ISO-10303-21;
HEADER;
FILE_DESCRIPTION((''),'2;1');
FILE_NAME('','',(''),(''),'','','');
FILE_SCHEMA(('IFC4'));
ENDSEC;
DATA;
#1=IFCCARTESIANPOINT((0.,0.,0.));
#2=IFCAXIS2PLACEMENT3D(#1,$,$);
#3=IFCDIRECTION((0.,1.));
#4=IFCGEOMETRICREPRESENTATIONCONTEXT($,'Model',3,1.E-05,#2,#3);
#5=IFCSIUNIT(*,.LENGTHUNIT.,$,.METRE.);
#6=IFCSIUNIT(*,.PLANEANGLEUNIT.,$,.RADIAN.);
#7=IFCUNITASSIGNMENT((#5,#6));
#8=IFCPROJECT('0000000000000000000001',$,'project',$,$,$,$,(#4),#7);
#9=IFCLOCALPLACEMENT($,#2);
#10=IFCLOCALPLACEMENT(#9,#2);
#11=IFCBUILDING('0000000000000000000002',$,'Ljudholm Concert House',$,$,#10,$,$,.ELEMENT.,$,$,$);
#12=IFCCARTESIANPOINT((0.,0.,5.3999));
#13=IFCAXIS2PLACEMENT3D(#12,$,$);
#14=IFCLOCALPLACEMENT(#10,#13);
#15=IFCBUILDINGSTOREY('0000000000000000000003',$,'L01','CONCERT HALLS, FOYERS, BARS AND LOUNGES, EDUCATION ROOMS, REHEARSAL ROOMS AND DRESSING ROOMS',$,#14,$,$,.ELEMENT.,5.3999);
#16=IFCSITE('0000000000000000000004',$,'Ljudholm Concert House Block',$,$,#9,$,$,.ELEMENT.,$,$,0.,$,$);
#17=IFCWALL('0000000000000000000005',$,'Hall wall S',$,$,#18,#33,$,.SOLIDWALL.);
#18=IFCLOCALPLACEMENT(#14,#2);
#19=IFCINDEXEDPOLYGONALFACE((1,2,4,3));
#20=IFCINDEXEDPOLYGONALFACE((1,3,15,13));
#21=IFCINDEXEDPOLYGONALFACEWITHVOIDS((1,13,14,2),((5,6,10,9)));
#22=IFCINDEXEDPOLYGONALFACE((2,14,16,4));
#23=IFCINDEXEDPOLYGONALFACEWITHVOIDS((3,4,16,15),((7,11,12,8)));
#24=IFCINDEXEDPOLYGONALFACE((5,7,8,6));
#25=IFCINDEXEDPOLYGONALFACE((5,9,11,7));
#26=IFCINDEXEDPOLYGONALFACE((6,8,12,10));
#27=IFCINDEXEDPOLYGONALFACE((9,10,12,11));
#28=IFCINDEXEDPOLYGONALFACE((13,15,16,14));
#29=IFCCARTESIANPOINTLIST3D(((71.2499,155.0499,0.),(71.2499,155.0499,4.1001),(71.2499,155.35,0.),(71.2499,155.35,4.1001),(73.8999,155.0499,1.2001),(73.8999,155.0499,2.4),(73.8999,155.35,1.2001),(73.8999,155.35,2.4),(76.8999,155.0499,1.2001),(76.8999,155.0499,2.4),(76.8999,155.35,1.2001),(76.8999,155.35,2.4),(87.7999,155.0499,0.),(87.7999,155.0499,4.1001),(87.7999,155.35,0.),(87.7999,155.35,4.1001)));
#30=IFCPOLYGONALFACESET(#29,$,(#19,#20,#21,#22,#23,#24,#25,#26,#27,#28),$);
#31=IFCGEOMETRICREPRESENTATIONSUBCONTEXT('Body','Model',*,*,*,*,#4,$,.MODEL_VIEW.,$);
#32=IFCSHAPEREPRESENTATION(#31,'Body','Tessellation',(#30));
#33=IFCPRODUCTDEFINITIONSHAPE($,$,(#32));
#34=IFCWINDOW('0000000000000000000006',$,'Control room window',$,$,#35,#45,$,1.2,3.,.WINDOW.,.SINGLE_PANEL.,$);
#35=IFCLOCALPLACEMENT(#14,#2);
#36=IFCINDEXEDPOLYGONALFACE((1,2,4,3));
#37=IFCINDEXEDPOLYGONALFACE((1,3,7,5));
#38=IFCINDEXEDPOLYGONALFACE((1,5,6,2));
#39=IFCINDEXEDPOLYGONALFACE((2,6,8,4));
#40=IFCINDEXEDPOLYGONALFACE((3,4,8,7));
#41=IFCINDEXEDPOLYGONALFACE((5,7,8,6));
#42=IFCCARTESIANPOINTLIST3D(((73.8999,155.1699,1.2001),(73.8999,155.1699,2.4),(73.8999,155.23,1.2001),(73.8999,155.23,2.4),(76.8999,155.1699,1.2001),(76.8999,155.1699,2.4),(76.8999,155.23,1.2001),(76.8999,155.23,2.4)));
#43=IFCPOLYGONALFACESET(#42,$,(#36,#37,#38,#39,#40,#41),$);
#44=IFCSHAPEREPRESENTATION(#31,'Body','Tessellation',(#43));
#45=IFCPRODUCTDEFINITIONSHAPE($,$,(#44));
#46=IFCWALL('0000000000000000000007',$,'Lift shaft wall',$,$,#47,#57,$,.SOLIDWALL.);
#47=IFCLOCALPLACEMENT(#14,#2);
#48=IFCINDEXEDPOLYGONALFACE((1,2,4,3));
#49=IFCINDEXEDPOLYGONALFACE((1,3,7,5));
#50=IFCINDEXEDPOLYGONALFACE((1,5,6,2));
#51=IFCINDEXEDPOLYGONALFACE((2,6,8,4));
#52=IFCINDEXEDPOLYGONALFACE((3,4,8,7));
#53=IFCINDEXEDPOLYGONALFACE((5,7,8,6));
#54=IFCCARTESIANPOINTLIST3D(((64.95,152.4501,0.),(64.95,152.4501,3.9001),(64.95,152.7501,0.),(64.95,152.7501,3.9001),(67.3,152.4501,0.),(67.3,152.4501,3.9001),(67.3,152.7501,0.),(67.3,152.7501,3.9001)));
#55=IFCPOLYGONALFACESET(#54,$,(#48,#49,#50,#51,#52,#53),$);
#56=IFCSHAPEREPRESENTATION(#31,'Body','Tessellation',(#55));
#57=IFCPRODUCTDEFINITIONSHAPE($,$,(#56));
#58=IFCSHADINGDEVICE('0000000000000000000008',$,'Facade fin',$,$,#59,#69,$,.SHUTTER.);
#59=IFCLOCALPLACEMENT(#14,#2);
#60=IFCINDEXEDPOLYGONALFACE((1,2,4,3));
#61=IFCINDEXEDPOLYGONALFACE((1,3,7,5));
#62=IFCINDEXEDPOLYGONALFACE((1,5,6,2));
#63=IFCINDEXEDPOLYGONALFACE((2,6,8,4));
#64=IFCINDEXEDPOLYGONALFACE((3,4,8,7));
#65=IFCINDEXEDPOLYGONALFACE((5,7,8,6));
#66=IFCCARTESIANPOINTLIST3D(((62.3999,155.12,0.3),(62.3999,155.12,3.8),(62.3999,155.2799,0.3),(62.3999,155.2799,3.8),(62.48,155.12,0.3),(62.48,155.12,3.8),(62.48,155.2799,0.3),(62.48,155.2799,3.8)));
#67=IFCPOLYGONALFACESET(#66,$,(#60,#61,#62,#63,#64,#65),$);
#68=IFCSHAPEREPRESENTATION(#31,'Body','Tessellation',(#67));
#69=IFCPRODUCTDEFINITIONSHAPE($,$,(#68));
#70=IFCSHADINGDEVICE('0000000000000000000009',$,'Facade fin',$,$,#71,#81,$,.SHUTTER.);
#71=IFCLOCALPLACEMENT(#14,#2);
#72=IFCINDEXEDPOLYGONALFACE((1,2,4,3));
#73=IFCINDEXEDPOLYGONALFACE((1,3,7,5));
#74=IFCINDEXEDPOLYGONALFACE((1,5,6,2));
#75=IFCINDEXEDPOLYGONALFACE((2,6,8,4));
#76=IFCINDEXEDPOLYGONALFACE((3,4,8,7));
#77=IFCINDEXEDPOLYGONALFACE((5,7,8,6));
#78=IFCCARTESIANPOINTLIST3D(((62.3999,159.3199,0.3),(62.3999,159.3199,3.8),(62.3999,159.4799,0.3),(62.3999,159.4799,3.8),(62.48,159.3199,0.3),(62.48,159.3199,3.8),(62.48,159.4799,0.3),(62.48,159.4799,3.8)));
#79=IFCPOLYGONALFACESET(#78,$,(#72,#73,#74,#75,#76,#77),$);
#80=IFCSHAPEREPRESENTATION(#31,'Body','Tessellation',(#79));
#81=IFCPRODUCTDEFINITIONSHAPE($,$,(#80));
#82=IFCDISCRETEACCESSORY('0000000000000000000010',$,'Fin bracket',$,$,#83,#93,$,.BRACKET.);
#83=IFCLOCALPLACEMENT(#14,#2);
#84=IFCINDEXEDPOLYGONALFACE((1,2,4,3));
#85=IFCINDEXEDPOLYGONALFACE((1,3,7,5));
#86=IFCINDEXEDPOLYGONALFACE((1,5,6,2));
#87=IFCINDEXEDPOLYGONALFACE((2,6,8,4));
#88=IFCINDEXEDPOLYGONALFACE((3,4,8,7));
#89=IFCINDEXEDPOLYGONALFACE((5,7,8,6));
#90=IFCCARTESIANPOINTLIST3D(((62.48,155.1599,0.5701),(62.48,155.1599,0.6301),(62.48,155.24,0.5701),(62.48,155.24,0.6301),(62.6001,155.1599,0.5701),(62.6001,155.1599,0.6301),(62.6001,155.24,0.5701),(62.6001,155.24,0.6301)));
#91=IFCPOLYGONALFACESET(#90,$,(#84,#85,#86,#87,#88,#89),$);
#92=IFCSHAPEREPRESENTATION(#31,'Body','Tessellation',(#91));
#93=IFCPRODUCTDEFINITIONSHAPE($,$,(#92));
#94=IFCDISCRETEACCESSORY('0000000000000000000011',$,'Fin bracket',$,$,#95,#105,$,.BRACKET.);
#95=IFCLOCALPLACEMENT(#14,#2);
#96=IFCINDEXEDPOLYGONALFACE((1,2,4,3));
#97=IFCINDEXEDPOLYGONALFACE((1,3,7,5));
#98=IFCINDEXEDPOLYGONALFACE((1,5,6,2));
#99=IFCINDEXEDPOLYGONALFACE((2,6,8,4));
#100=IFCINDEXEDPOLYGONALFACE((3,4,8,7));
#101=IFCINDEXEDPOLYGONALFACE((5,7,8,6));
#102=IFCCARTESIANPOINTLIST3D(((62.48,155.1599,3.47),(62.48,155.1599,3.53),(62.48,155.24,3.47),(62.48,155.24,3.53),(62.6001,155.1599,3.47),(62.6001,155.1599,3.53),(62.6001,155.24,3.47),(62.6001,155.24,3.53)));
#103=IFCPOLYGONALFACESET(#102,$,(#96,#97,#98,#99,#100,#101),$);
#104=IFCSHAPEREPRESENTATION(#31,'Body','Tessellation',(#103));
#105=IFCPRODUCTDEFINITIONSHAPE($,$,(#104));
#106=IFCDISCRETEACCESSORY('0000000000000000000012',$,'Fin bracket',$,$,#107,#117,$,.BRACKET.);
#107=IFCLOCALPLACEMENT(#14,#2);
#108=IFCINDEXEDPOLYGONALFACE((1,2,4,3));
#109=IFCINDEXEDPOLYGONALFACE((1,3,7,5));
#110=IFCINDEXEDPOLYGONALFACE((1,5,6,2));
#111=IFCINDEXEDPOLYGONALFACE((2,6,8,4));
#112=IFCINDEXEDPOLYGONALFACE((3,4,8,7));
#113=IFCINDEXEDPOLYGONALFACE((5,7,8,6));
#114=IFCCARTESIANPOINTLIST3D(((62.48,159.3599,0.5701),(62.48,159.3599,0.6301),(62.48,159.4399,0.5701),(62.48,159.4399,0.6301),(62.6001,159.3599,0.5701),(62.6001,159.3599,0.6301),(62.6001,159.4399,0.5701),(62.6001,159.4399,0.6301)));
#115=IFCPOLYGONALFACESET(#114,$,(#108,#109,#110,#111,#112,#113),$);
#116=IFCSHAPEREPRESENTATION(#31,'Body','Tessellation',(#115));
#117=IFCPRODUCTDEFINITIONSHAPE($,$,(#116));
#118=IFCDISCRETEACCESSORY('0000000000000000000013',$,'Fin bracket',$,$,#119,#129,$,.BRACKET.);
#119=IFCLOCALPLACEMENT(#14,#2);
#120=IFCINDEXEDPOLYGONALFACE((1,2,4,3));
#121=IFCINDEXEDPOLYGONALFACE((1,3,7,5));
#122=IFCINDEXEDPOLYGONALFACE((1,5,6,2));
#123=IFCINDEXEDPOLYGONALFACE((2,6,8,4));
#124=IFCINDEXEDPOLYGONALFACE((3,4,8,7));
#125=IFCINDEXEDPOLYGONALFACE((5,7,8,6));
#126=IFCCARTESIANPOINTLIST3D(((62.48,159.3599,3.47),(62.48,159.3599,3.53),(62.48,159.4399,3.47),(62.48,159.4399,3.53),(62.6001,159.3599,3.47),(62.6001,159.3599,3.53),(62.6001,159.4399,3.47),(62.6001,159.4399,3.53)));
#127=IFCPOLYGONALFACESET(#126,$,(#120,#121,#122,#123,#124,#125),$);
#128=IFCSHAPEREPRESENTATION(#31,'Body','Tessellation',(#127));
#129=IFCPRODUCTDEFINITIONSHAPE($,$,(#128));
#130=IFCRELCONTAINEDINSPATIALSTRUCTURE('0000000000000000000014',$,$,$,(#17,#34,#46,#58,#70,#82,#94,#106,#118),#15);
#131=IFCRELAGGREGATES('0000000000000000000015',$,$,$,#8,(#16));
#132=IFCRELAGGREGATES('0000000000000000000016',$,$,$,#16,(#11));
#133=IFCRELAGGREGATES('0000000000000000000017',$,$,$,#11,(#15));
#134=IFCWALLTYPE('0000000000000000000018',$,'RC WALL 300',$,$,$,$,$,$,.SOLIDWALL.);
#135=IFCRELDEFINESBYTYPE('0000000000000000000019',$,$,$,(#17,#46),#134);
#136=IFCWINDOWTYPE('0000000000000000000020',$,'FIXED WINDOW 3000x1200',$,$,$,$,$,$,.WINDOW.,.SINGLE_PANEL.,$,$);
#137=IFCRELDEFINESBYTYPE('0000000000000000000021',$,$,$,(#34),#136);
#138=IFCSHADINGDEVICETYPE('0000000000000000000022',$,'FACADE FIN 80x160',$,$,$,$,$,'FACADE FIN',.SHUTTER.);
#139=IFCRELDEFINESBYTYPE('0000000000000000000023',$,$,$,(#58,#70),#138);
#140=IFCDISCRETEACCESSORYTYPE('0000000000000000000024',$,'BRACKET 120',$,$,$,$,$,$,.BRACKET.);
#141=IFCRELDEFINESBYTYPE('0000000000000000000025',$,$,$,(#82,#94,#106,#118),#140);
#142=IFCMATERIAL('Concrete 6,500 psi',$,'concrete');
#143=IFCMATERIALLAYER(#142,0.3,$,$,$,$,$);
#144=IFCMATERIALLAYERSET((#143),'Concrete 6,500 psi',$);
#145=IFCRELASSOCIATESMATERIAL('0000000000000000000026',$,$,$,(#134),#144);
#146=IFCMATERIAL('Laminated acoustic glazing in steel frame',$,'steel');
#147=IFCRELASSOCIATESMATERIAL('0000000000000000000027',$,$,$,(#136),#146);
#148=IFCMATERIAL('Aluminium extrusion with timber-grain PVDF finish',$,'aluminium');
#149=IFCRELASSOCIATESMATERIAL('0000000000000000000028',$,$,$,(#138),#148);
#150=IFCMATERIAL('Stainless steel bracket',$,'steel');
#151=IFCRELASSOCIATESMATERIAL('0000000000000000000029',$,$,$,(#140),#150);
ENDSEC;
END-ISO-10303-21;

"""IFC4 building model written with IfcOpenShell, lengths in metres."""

from ifc_helpers import new_model, si_unit, direction, frame, frame_2d, origin, origin_2d, place, context, subcontext, project, spatial, rectangle, extrude, material, layer, layer_set, type_object, element, fill, save


model = new_model("IFC4")

# Units and contexts
model_context = context("Model", 3, precision=1e-05, world=origin(), true_north=direction((0.0, 1.0)))
body_context = subcontext(model_context, "Body", "Model", "MODEL_VIEW")
ifc_project = project(units=[si_unit("LENGTHUNIT", "METRE"), si_unit("PLANEANGLEUNIT", "RADIAN")], contexts=[model_context])

# Site, building, storey
site_placement = place(None, origin())
site = spatial("IfcSite", under=ifc_project, at=site_placement, Name="Ljudholm Concert House Block", CompositionType="ELEMENT", RefElevation=0.0)
building_placement = place(site_placement, origin())
building = spatial("IfcBuilding", under=site, at=building_placement, Name="Ljudholm Concert House", CompositionType="ELEMENT")
storey_placement = place(building_placement, frame((0.0, 0.0, 5.3999)))
storey = spatial("IfcBuildingStorey", under=building, at=storey_placement, Name="L01", Description="CONCERT HALLS, FOYERS, BARS AND LOUNGES, EDUCATION ROOMS, REHEARSAL ROOMS AND DRESSING ROOMS", CompositionType="ELEMENT", Elevation=5.3999)

# Wall, opening, window
ifc_material_1 = material(Name="Concrete 6,500 psi", Category="concrete")
ifc_layer_1 = layer(ifc_material_1, 0.3)
ifc_layer_set_1 = layer_set([ifc_layer_1], Name="Concrete 6,500 psi")
wall_type_1 = type_object("IfcWallType", Name="RC WALL 300", PredefinedType="SOLIDWALL", material=ifc_layer_set_1)
wall_1_placement = place(storey_placement, frame((71.25, 155.2, 0.0), z_axis=(0.0, 0.0, 1.0), x_axis=(1.0, 0.0, 0.0)))
wall_1 = element("IfcWall", 1, at=wall_1_placement, inside=storey, type_object=wall_type_1, Name="Hall wall S", PredefinedType="SOLIDWALL", context=body_context, shape_type="SweptSolid", body=[
    extrude(rectangle(XDim=16.55, YDim=0.3, at=frame_2d((8.2749, 0.0))), origin(), (0.0, 0.0, 1.0), 4.1001),
])
opening_1_placement = place(wall_1_placement, frame((2.6499, 0.0, 1.2)))
opening_1 = element("IfcOpeningElement", 2, at=opening_1_placement, cuts=wall_1, PredefinedType="OPENING", context=body_context, shape_type="SweptSolid", body=[
    extrude(rectangle(XDim=3.0, YDim=1.2, at=frame_2d((1.5, 0.6001))), frame((0.0, 0.1599, 0.0), z_axis=(0.0, -1.0, 0.0), x_axis=(1.0, 0.0, 0.0)), (0.0, 0.0, 1.0), 0.3201),
])
ifc_material_2 = material(Name="Laminated acoustic glazing in steel frame", Category="steel")
window_type = type_object("IfcWindowType", Name="FIXED WINDOW 3000x1200", PartitioningType="SINGLE_PANEL", PredefinedType="WINDOW", material=ifc_material_2)
window_placement = place(opening_1_placement, origin())
window = element("IfcWindow", 3, at=window_placement, inside=storey, type_object=window_type, Name="Control room window", OverallHeight=1.2, OverallWidth=3.0, PartitioningType="SINGLE_PANEL", PredefinedType="WINDOW", context=body_context, shape_type="SweptSolid", body=[
    extrude(rectangle(XDim=3.0, YDim=1.2, at=frame_2d((1.5, 0.6001))), frame((0.0, 0.03, 0.0), z_axis=(0.0, -1.0, 0.0), x_axis=(1.0, 0.0, 0.0)), (0.0, 0.0, 1.0), 0.0601),
])
fill(opening_1, window)

# Wall
wall_2_placement = place(storey_placement, frame((64.95, 152.6001, 0.0), z_axis=(0.0, 0.0, 1.0), x_axis=(1.0, 0.0, 0.0)))
element("IfcWall", 4, at=wall_2_placement, inside=storey, type_object=wall_type_1, Name="Lift shaft wall", PredefinedType="SOLIDWALL", context=body_context, shape_type="SweptSolid", body=[
    extrude(rectangle(XDim=2.3501, YDim=0.3, at=frame_2d((1.175, 0.0))), origin(), (0.0, 0.0, 1.0), 3.9001),
])

# Shading devices
ifc_material_3 = material(Name="Aluminium extrusion with timber-grain PVDF finish", Category="aluminium")
shading_device_type = type_object("IfcShadingDeviceType", Name="FACADE FIN 80x160", ElementType="FACADE FIN", PredefinedType="SHUTTER", material=ifc_material_3)
for number, where, z_axis, x_axis, name in (
    (5, (62.4399, 155.2, 0.3), (0.0, 0.0, 1.0), (-1.0, 0.0, 0.0), "Facade fin"),
    (6, (62.4399, 159.3999, 0.3), (0.0, 0.0, 1.0), (-1.0, 0.0, 0.0), "Facade fin"),
):
    element("IfcShadingDevice", number, at=place(storey_placement, frame(where, z_axis=z_axis, x_axis=x_axis)), inside=storey, type_object=shading_device_type, Name=name, PredefinedType="SHUTTER", context=body_context, shape_type="SweptSolid", body=[
        extrude(rectangle(XDim=0.0801, YDim=0.1599, at=origin_2d()), origin(), (0.0, 0.0, 1.0), 3.5),
    ])

# Discrete accessories
ifc_material_4 = material(Name="Stainless steel bracket", Category="steel")
discrete_accessory_type = type_object("IfcDiscreteAccessoryType", Name="BRACKET 120", PredefinedType="BRACKET", material=ifc_material_4)
for number, where, z_axis, x_axis, name in (
    (7, (62.54, 155.2, 0.5701), (0.0, 0.0, 1.0), (-1.0, 0.0, 0.0), "Fin bracket"),
    (8, (62.54, 155.2, 3.47), (0.0, 0.0, 1.0), (-1.0, 0.0, 0.0), "Fin bracket"),
    (9, (62.54, 159.3999, 0.5701), (0.0, 0.0, 1.0), (-1.0, 0.0, 0.0), "Fin bracket"),
    (10, (62.54, 159.3999, 3.47), (0.0, 0.0, 1.0), (-1.0, 0.0, 0.0), "Fin bracket"),
):
    element("IfcDiscreteAccessory", number, at=place(storey_placement, frame(where, z_axis=z_axis, x_axis=x_axis)), inside=storey, type_object=discrete_accessory_type, Name=name, PredefinedType="BRACKET", context=body_context, shape_type="SweptSolid", body=[
        extrude(rectangle(XDim=0.1201, YDim=0.0801, at=origin_2d()), origin(), (0.0, 0.0, 1.0), 0.0601),
    ])

save(model, "model.ifc")
